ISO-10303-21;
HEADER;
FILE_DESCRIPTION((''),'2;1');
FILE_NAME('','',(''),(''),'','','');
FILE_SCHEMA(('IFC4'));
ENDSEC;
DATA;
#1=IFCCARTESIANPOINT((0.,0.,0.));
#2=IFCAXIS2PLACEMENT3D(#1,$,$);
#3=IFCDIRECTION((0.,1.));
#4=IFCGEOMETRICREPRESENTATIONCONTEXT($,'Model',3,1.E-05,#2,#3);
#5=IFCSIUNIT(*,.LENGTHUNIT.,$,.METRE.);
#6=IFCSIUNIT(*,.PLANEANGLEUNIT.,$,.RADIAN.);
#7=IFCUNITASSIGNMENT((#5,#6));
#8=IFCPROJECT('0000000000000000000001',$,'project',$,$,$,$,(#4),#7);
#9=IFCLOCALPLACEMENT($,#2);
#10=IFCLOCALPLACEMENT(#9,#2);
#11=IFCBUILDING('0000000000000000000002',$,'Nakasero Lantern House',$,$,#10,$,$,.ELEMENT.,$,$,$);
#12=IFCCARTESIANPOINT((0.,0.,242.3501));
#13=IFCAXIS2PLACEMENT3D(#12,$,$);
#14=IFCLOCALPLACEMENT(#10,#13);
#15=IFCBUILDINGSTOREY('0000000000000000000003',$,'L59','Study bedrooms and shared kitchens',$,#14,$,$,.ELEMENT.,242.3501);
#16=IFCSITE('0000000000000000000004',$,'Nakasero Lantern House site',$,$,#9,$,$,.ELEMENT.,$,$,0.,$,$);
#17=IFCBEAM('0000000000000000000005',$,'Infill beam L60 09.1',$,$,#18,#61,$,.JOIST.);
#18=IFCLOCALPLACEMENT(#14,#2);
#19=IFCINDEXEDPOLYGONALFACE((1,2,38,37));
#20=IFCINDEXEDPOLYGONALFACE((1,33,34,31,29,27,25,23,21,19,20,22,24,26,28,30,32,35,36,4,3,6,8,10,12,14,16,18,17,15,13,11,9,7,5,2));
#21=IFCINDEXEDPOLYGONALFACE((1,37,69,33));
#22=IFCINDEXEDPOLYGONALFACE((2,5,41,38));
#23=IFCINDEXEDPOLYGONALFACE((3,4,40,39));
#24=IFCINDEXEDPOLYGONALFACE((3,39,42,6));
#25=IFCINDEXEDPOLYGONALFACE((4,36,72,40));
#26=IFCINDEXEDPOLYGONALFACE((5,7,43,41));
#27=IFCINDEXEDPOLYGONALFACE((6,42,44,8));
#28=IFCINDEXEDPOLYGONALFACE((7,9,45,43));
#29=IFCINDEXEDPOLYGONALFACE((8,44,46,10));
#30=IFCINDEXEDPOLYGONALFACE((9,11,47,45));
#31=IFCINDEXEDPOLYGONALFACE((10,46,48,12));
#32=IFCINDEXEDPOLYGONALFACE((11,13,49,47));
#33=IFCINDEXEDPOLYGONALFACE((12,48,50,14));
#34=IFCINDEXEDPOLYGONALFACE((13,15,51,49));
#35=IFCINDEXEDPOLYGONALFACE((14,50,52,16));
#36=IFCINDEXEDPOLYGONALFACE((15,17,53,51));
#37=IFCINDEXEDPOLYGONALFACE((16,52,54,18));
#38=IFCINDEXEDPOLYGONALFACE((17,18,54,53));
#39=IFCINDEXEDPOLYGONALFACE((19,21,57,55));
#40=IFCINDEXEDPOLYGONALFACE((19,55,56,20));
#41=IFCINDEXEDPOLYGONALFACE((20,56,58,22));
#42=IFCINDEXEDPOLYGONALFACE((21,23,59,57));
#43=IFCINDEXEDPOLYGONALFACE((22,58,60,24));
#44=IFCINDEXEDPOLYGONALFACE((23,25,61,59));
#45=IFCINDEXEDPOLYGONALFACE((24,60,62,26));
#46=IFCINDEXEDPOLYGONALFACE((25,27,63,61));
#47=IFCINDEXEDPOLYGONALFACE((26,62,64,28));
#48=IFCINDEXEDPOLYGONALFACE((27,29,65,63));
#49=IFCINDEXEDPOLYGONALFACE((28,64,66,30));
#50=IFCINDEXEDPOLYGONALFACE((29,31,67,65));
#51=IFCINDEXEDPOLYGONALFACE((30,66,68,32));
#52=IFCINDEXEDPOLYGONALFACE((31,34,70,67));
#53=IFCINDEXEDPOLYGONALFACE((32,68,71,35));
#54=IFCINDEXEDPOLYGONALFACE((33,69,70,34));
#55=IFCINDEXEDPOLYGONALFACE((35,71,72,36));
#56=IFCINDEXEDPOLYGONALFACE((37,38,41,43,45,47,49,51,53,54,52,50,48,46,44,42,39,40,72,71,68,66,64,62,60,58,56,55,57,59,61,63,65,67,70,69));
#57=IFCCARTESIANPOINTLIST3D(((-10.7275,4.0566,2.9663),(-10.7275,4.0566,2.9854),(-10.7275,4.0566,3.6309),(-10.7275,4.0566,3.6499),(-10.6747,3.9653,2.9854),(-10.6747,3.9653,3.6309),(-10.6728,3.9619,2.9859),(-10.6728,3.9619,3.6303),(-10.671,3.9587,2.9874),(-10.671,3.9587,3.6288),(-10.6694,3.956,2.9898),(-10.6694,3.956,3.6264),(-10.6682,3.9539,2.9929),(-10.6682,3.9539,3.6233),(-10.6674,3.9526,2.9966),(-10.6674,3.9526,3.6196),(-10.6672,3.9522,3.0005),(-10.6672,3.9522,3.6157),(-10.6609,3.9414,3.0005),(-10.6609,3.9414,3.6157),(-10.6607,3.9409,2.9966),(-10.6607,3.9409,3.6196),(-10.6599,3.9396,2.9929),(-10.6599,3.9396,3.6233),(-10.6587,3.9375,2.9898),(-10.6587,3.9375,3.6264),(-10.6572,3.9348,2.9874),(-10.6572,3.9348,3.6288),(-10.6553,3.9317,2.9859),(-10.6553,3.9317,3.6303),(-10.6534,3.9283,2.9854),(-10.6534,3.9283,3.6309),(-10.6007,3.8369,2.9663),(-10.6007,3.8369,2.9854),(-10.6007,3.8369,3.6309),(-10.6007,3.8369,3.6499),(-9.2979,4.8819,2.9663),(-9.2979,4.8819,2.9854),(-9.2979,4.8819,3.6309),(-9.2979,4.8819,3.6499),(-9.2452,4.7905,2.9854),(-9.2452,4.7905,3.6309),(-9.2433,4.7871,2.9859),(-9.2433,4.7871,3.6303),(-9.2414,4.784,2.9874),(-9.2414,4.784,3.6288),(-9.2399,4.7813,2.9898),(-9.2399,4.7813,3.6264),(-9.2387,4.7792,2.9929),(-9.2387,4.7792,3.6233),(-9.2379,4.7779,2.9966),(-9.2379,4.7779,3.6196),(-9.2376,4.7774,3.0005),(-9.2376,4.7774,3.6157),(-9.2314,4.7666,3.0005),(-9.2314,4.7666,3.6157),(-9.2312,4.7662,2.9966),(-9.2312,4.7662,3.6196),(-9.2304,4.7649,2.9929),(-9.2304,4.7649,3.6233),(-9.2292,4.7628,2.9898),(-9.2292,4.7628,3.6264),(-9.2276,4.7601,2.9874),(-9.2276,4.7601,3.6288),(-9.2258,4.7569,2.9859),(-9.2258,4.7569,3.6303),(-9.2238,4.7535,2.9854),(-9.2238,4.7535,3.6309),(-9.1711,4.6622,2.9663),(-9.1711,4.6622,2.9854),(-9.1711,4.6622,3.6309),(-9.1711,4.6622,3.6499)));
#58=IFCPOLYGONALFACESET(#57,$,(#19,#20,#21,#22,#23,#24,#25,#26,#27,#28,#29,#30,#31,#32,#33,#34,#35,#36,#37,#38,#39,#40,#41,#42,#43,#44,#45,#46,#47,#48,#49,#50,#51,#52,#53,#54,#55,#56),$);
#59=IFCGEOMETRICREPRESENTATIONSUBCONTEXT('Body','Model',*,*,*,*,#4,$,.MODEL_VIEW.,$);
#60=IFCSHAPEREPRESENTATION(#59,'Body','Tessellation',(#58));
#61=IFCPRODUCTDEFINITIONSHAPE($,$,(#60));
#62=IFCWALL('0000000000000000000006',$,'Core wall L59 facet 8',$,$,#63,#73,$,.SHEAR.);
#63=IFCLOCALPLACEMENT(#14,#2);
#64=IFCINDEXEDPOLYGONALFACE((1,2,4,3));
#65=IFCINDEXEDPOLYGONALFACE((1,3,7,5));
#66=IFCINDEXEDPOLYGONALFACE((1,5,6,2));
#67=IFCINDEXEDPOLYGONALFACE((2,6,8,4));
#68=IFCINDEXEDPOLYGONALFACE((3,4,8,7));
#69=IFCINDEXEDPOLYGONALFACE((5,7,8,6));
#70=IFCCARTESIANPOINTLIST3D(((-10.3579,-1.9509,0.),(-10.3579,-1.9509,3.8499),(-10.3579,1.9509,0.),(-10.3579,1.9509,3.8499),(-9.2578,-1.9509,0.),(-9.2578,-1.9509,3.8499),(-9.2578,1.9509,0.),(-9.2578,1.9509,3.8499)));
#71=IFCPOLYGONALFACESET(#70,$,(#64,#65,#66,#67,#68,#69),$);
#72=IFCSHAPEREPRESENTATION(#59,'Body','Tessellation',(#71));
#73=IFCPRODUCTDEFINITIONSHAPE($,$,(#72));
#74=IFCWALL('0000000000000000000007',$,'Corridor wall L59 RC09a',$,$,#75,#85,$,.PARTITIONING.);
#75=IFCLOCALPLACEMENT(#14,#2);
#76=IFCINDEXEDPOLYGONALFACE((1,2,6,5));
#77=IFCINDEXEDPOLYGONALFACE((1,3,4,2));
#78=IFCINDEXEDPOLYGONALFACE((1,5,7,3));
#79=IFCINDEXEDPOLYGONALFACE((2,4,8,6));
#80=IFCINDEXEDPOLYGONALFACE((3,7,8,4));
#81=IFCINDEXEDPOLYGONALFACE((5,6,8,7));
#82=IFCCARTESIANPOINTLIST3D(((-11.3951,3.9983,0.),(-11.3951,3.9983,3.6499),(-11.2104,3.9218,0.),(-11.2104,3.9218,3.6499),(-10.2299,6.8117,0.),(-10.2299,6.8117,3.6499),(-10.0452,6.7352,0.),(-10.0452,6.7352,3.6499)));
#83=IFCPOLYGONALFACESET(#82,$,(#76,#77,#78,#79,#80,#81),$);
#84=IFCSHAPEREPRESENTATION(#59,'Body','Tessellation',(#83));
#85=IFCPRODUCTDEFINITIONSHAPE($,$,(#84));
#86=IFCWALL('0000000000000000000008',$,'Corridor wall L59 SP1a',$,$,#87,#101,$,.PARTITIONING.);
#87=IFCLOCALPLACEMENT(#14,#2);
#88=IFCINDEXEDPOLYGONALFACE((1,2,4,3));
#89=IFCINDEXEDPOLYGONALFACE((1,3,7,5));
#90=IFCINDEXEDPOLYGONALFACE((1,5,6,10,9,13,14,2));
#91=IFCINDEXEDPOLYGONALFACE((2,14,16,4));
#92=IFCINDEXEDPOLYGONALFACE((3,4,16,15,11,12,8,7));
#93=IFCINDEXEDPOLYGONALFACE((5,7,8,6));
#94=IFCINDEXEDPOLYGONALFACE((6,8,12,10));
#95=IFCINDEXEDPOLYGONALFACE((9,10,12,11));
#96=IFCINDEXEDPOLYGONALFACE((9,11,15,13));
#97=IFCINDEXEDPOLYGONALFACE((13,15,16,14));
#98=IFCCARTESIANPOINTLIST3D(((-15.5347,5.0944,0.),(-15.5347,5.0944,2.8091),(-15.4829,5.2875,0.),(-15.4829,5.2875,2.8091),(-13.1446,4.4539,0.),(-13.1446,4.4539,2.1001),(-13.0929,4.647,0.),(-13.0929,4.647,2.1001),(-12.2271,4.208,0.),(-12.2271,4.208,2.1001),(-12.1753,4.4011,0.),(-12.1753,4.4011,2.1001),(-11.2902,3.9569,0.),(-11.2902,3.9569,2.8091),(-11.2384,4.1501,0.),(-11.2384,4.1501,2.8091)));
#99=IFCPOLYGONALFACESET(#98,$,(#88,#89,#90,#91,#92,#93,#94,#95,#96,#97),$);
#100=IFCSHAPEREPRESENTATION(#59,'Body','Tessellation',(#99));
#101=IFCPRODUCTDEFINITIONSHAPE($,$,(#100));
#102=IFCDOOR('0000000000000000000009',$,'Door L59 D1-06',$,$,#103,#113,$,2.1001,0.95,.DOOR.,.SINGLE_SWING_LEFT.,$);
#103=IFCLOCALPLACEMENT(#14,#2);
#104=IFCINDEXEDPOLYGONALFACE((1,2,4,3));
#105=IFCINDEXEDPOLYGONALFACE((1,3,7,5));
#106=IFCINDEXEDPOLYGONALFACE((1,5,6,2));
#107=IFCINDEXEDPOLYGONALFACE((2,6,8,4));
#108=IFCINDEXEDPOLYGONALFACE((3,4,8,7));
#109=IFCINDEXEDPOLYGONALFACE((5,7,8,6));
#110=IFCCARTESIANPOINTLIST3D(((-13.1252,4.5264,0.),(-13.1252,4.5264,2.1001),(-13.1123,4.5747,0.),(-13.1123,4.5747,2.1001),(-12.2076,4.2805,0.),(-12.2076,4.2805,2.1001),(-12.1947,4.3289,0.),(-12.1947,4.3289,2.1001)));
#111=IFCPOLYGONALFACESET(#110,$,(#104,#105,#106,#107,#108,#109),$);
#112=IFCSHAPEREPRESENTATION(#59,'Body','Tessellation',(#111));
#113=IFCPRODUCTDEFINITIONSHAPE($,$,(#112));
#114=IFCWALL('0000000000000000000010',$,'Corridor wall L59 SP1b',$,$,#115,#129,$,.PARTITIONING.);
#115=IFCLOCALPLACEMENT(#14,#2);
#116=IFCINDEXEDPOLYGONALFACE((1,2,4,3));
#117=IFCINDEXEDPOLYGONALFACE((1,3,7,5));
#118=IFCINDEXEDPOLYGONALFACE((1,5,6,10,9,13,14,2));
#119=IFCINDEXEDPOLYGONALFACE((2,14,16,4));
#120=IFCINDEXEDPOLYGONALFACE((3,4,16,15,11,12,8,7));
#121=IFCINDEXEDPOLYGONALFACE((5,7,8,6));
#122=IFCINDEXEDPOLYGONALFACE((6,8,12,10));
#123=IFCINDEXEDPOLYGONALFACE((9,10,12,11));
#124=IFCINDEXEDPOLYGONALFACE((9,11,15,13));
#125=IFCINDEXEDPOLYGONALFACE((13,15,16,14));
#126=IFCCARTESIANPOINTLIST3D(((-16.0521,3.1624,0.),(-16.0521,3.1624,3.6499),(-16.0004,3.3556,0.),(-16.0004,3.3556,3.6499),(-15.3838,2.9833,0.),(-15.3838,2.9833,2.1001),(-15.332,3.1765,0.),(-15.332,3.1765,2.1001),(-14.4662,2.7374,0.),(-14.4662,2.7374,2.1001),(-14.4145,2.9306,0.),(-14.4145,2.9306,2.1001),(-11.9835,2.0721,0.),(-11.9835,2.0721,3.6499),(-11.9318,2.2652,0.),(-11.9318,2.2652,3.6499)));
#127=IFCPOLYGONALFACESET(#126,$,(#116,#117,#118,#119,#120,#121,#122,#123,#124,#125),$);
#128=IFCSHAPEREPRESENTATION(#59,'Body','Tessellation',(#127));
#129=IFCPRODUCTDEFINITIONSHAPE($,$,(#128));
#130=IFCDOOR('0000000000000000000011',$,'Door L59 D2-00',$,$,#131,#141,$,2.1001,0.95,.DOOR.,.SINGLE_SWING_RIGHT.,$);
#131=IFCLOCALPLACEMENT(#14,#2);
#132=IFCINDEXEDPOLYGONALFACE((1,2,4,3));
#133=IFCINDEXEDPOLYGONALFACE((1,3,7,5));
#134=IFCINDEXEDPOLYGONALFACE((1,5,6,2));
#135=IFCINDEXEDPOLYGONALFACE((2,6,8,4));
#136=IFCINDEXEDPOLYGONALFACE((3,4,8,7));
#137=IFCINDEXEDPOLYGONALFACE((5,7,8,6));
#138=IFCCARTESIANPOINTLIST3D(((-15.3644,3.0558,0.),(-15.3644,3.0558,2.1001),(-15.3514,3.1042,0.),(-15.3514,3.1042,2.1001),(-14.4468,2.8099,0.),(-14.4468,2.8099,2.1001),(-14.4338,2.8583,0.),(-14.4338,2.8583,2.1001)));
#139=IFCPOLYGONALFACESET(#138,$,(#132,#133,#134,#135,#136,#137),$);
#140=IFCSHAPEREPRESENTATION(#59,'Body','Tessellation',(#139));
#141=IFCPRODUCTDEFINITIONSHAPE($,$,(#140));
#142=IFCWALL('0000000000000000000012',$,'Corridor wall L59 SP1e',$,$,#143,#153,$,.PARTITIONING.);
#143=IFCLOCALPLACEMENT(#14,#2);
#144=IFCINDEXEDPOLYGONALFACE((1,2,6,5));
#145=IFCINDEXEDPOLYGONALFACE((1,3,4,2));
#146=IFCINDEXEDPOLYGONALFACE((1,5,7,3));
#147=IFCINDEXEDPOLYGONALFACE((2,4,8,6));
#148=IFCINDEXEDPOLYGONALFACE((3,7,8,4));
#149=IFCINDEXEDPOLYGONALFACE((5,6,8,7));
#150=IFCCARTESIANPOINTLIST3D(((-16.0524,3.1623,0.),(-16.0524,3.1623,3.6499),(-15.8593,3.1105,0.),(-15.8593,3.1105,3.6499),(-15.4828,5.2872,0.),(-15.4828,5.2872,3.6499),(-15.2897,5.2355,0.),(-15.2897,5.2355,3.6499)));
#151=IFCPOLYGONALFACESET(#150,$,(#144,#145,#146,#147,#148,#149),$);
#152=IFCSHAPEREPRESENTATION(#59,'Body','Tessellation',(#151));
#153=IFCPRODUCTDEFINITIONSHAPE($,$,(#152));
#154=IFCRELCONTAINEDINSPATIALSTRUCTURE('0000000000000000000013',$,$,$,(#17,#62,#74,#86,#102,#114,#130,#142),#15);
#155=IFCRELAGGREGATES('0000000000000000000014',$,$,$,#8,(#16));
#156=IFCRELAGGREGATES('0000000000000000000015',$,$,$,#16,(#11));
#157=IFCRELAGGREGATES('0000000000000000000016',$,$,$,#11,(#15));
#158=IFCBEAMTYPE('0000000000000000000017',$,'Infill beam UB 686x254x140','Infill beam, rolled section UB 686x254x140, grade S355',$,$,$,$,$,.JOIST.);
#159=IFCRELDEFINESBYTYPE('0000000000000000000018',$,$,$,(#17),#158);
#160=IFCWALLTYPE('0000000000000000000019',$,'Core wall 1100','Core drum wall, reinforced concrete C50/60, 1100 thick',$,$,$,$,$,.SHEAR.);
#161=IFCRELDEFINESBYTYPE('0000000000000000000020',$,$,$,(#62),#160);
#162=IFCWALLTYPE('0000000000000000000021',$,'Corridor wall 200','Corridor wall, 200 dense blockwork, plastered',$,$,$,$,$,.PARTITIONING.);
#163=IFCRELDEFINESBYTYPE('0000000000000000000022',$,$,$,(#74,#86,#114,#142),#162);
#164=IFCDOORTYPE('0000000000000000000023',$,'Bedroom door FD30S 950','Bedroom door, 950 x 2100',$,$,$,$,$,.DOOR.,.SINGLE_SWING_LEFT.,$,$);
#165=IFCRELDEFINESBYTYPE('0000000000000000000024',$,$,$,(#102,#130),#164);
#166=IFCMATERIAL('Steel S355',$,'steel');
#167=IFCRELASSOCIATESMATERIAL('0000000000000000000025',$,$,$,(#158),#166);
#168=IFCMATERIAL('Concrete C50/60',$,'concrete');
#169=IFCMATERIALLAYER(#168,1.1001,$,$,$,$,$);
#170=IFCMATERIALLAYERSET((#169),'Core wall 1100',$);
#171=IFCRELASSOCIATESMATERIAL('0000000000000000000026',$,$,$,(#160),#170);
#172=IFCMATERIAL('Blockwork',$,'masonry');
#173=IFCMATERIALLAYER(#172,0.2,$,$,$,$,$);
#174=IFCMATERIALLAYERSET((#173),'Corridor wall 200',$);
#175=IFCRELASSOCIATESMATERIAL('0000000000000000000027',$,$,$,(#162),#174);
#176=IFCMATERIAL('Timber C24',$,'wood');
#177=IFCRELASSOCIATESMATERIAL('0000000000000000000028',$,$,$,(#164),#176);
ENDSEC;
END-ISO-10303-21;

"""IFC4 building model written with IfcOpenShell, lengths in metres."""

from ifc_helpers import new_model, si_unit, direction, frame, frame_2d, origin, origin_2d, place, context, subcontext, project, spatial, rectangle, i_section, extrude, material, layer, layer_set, material_profile, profile_set, type_object, element, fill, save


model = new_model("IFC4")

# Units and contexts
model_context = context("Model", 3, precision=1e-05, world=origin(), true_north=direction((0.0, 1.0)))
body_context = subcontext(model_context, "Body", "Model", "MODEL_VIEW")
ifc_project = project(units=[si_unit("LENGTHUNIT", "METRE"), si_unit("PLANEANGLEUNIT", "RADIAN")], contexts=[model_context])

# Site, building, storey
site_placement = place(None, origin())
site = spatial("IfcSite", under=ifc_project, at=site_placement, Name="Nakasero Lantern House site", CompositionType="ELEMENT", RefElevation=0.0)
building_placement = place(site_placement, origin())
building = spatial("IfcBuilding", under=site, at=building_placement, Name="Nakasero Lantern House", CompositionType="ELEMENT")
storey_placement = place(building_placement, frame((0.0, 0.0, 242.3501)))
storey = spatial("IfcBuildingStorey", under=building, at=storey_placement, Name="L59", Description="Study bedrooms and shared kitchens", CompositionType="ELEMENT", Elevation=242.3501)

# Beam
ifc_material_1 = material(Name="Steel S355", Category="steel")
ifc_material_profile = material_profile(ifc_material_1, i_section(OverallWidth=0.2537, OverallDepth=0.6836, WebThickness=0.0125, FlangeThickness=0.019, FilletRadius=0.0151, at=origin_2d()), Name="UB 686x254x140")
ifc_profile_set = profile_set([ifc_material_profile], Name="Steel S355")
beam_type = type_object("IfcBeamType", Name="Infill beam UB 686x254x140", Description="Infill beam, rolled section UB 686x254x140, grade S355", PredefinedType="JOIST", material=ifc_profile_set)
beam_placement = place(storey_placement, frame((-10.6641, 3.9468, 3.3081), z_axis=(0.86605, 0.499957, 0.0), x_axis=(-0.499957, 0.86605, 0.0)))
element("IfcBeam", 1, at=beam_placement, inside=storey, type_object=beam_type, Name="Infill beam L60 09.1", PredefinedType="JOIST", context=body_context, shape_type="SweptSolid", body=[
    extrude(i_section(OverallWidth=0.2537, OverallDepth=0.6836, WebThickness=0.0125, FlangeThickness=0.019, FilletRadius=0.0151, at=origin_2d()), origin(), (0.0, 0.0, 1.0), 1.6506),
])

# Walls
ifc_material_2 = material(Name="Concrete C50/60", Category="concrete")
ifc_layer_1 = layer(ifc_material_2, 1.1001)
ifc_layer_set_1 = layer_set([ifc_layer_1], Name="Core wall 1100")
wall_type_1 = type_object("IfcWallType", Name="Core wall 1100", Description="Core drum wall, reinforced concrete C50/60, 1100 thick", PredefinedType="SHEAR", material=ifc_layer_set_1)
wall_1_placement = place(storey_placement, frame((-9.8079, 1.9509, 0.0), z_axis=(0.0, 0.0, 1.0), x_axis=(0.0, -1.0, 0.0)))
element("IfcWall", 2, at=wall_1_placement, inside=storey, type_object=wall_type_1, Name="Core wall L59 facet 8", PredefinedType="SHEAR", context=body_context, shape_type="SweptSolid", body=[
    extrude(rectangle(XDim=3.9019, YDim=1.1001, at=frame_2d((1.9509, 0.0))), origin(), (0.0, 0.0, 1.0), 3.8499),
])
ifc_material_3 = material(Name="Blockwork", Category="masonry")
ifc_layer_2 = layer(ifc_material_3, 0.2)
ifc_layer_set_2 = layer_set([ifc_layer_2], Name="Corridor wall 200")
wall_type_2 = type_object("IfcWallType", Name="Corridor wall 200", Description="Corridor wall, 200 dense blockwork, plastered", PredefinedType="PARTITIONING", material=ifc_layer_set_2)
wall_2_placement = place(storey_placement, frame((-11.3027, 3.9602, 0.0), z_axis=(0.0, 0.0, 1.0), x_axis=(0.382656, 0.923891, 0.0)))
element("IfcWall", 3, at=wall_2_placement, inside=storey, type_object=wall_type_2, Name="Corridor wall L59 RC09a", PredefinedType="PARTITIONING", context=body_context, shape_type="SweptSolid", body=[
    extrude(rectangle(XDim=3.0452, YDim=0.2, at=frame_2d((1.5225, 0.0))), origin(), (0.0, 0.0, 1.0), 3.6499),
])

# Walls, openings, doors
wall_3_placement = place(storey_placement, frame((-11.2642, 4.0535, 0.0), z_axis=(0.0, 0.0, 1.0), x_axis=(-0.96592, 0.258842, 0.0)))
wall_3 = element("IfcWall", 4, at=wall_3_placement, inside=storey, type_object=wall_type_2, Name="Corridor wall L59 SP1a", PredefinedType="PARTITIONING", context=body_context, shape_type="SweptSolid", body=[
    extrude(rectangle(XDim=4.3943, YDim=0.2, at=frame_2d((2.1973, 0.0))), origin(), (0.0, 0.0, 1.0), 2.8091),
])
opening_1_placement = place(wall_3_placement, frame((0.97, 0.0, 0.0)))
opening_1 = element("IfcOpeningElement", 5, at=opening_1_placement, cuts=wall_3, PredefinedType="OPENING", context=body_context, shape_type="SweptSolid", body=[
    extrude(rectangle(XDim=0.95, YDim=2.1001, at=frame_2d((0.4751, 1.05))), frame((0.0, 0.1199, 0.0), z_axis=(0.0, -1.0, 0.0), x_axis=(1.0, 0.0, 0.0)), (0.0, 0.0, 1.0), 0.24),
])
ifc_material_4 = material(Name="Timber C24", Category="wood")
door_type_1 = type_object("IfcDoorType", Name="Bedroom door FD30S 950", Description="Bedroom door, 950 x 2100", OperationType="SINGLE_SWING_LEFT", PredefinedType="DOOR", material=ifc_material_4)
door_1_placement = place(opening_1_placement, origin())
door_1 = element("IfcDoor", 6, at=door_1_placement, inside=storey, type_object=door_type_1, Name="Door L59 D1-06", OperationType="SINGLE_SWING_LEFT", OverallHeight=2.1001, OverallWidth=0.95, PredefinedType="DOOR", context=body_context, shape_type="SweptSolid", body=[
    extrude(rectangle(XDim=0.95, YDim=2.1001, at=frame_2d((0.4751, 1.05))), frame((0.0, 0.0249, 0.0), z_axis=(0.0, -1.0, 0.0), x_axis=(1.0, 0.0, 0.0)), (0.0, 0.0, 1.0), 0.05),
])
fill(opening_1, door_1)
wall_4_placement = place(storey_placement, frame((-11.9578, 2.1687, 0.0), z_axis=(0.0, 0.0, 1.0), x_axis=(-0.965917, 0.258853, 0.0)))
wall_4 = element("IfcWall", 7, at=wall_4_placement, inside=storey, type_object=wall_type_2, Name="Corridor wall L59 SP1b", PredefinedType="PARTITIONING", context=body_context, shape_type="SweptSolid", body=[
    extrude(rectangle(XDim=4.2122, YDim=0.2, at=frame_2d((2.106, 0.0))), origin(), (0.0, 0.0, 1.0), 3.6499),
])
opening_2_placement = place(wall_4_placement, frame((2.5701, 0.0, 0.0)))
opening_2 = element("IfcOpeningElement", 8, at=opening_2_placement, cuts=wall_4, PredefinedType="OPENING", context=body_context, shape_type="SweptSolid", body=[
    extrude(rectangle(XDim=0.95, YDim=2.1001, at=frame_2d((0.4751, 1.05))), frame((0.0, 0.1199, 0.0), z_axis=(0.0, -1.0, 0.0), x_axis=(1.0, 0.0, 0.0)), (0.0, 0.0, 1.0), 0.24),
])
door_2_placement = place(opening_2_placement, origin())
door_2 = element("IfcDoor", 9, at=door_2_placement, inside=storey, type_object=door_type_1, Name="Door L59 D2-00", OperationType="SINGLE_SWING_RIGHT", OverallHeight=2.1001, OverallWidth=0.95, PredefinedType="DOOR", context=body_context, shape_type="SweptSolid", body=[
    extrude(rectangle(XDim=0.95, YDim=2.1001, at=frame_2d((0.4751, 1.05))), frame((0.0, 0.0249, 0.0), z_axis=(0.0, -1.0, 0.0), x_axis=(1.0, 0.0, 0.0)), (0.0, 0.0, 1.0), 0.05),
])
fill(opening_2, door_2)

# Wall
wall_5_placement = place(storey_placement, frame((-15.3862, 5.2615, 0.0), z_axis=(0.0, 0.0, 1.0), x_axis=(-0.258899, -0.965904, 0.0)))
element("IfcWall", 10, at=wall_5_placement, inside=storey, type_object=wall_type_2, Name="Corridor wall L59 SP1e", PredefinedType="PARTITIONING", context=body_context, shape_type="SweptSolid", body=[
    extrude(rectangle(XDim=2.2, YDim=0.2, at=frame_2d((1.1001, 0.0))), origin(), (0.0, 0.0, 1.0), 3.6499),
])

save(model, "model.ifc")
